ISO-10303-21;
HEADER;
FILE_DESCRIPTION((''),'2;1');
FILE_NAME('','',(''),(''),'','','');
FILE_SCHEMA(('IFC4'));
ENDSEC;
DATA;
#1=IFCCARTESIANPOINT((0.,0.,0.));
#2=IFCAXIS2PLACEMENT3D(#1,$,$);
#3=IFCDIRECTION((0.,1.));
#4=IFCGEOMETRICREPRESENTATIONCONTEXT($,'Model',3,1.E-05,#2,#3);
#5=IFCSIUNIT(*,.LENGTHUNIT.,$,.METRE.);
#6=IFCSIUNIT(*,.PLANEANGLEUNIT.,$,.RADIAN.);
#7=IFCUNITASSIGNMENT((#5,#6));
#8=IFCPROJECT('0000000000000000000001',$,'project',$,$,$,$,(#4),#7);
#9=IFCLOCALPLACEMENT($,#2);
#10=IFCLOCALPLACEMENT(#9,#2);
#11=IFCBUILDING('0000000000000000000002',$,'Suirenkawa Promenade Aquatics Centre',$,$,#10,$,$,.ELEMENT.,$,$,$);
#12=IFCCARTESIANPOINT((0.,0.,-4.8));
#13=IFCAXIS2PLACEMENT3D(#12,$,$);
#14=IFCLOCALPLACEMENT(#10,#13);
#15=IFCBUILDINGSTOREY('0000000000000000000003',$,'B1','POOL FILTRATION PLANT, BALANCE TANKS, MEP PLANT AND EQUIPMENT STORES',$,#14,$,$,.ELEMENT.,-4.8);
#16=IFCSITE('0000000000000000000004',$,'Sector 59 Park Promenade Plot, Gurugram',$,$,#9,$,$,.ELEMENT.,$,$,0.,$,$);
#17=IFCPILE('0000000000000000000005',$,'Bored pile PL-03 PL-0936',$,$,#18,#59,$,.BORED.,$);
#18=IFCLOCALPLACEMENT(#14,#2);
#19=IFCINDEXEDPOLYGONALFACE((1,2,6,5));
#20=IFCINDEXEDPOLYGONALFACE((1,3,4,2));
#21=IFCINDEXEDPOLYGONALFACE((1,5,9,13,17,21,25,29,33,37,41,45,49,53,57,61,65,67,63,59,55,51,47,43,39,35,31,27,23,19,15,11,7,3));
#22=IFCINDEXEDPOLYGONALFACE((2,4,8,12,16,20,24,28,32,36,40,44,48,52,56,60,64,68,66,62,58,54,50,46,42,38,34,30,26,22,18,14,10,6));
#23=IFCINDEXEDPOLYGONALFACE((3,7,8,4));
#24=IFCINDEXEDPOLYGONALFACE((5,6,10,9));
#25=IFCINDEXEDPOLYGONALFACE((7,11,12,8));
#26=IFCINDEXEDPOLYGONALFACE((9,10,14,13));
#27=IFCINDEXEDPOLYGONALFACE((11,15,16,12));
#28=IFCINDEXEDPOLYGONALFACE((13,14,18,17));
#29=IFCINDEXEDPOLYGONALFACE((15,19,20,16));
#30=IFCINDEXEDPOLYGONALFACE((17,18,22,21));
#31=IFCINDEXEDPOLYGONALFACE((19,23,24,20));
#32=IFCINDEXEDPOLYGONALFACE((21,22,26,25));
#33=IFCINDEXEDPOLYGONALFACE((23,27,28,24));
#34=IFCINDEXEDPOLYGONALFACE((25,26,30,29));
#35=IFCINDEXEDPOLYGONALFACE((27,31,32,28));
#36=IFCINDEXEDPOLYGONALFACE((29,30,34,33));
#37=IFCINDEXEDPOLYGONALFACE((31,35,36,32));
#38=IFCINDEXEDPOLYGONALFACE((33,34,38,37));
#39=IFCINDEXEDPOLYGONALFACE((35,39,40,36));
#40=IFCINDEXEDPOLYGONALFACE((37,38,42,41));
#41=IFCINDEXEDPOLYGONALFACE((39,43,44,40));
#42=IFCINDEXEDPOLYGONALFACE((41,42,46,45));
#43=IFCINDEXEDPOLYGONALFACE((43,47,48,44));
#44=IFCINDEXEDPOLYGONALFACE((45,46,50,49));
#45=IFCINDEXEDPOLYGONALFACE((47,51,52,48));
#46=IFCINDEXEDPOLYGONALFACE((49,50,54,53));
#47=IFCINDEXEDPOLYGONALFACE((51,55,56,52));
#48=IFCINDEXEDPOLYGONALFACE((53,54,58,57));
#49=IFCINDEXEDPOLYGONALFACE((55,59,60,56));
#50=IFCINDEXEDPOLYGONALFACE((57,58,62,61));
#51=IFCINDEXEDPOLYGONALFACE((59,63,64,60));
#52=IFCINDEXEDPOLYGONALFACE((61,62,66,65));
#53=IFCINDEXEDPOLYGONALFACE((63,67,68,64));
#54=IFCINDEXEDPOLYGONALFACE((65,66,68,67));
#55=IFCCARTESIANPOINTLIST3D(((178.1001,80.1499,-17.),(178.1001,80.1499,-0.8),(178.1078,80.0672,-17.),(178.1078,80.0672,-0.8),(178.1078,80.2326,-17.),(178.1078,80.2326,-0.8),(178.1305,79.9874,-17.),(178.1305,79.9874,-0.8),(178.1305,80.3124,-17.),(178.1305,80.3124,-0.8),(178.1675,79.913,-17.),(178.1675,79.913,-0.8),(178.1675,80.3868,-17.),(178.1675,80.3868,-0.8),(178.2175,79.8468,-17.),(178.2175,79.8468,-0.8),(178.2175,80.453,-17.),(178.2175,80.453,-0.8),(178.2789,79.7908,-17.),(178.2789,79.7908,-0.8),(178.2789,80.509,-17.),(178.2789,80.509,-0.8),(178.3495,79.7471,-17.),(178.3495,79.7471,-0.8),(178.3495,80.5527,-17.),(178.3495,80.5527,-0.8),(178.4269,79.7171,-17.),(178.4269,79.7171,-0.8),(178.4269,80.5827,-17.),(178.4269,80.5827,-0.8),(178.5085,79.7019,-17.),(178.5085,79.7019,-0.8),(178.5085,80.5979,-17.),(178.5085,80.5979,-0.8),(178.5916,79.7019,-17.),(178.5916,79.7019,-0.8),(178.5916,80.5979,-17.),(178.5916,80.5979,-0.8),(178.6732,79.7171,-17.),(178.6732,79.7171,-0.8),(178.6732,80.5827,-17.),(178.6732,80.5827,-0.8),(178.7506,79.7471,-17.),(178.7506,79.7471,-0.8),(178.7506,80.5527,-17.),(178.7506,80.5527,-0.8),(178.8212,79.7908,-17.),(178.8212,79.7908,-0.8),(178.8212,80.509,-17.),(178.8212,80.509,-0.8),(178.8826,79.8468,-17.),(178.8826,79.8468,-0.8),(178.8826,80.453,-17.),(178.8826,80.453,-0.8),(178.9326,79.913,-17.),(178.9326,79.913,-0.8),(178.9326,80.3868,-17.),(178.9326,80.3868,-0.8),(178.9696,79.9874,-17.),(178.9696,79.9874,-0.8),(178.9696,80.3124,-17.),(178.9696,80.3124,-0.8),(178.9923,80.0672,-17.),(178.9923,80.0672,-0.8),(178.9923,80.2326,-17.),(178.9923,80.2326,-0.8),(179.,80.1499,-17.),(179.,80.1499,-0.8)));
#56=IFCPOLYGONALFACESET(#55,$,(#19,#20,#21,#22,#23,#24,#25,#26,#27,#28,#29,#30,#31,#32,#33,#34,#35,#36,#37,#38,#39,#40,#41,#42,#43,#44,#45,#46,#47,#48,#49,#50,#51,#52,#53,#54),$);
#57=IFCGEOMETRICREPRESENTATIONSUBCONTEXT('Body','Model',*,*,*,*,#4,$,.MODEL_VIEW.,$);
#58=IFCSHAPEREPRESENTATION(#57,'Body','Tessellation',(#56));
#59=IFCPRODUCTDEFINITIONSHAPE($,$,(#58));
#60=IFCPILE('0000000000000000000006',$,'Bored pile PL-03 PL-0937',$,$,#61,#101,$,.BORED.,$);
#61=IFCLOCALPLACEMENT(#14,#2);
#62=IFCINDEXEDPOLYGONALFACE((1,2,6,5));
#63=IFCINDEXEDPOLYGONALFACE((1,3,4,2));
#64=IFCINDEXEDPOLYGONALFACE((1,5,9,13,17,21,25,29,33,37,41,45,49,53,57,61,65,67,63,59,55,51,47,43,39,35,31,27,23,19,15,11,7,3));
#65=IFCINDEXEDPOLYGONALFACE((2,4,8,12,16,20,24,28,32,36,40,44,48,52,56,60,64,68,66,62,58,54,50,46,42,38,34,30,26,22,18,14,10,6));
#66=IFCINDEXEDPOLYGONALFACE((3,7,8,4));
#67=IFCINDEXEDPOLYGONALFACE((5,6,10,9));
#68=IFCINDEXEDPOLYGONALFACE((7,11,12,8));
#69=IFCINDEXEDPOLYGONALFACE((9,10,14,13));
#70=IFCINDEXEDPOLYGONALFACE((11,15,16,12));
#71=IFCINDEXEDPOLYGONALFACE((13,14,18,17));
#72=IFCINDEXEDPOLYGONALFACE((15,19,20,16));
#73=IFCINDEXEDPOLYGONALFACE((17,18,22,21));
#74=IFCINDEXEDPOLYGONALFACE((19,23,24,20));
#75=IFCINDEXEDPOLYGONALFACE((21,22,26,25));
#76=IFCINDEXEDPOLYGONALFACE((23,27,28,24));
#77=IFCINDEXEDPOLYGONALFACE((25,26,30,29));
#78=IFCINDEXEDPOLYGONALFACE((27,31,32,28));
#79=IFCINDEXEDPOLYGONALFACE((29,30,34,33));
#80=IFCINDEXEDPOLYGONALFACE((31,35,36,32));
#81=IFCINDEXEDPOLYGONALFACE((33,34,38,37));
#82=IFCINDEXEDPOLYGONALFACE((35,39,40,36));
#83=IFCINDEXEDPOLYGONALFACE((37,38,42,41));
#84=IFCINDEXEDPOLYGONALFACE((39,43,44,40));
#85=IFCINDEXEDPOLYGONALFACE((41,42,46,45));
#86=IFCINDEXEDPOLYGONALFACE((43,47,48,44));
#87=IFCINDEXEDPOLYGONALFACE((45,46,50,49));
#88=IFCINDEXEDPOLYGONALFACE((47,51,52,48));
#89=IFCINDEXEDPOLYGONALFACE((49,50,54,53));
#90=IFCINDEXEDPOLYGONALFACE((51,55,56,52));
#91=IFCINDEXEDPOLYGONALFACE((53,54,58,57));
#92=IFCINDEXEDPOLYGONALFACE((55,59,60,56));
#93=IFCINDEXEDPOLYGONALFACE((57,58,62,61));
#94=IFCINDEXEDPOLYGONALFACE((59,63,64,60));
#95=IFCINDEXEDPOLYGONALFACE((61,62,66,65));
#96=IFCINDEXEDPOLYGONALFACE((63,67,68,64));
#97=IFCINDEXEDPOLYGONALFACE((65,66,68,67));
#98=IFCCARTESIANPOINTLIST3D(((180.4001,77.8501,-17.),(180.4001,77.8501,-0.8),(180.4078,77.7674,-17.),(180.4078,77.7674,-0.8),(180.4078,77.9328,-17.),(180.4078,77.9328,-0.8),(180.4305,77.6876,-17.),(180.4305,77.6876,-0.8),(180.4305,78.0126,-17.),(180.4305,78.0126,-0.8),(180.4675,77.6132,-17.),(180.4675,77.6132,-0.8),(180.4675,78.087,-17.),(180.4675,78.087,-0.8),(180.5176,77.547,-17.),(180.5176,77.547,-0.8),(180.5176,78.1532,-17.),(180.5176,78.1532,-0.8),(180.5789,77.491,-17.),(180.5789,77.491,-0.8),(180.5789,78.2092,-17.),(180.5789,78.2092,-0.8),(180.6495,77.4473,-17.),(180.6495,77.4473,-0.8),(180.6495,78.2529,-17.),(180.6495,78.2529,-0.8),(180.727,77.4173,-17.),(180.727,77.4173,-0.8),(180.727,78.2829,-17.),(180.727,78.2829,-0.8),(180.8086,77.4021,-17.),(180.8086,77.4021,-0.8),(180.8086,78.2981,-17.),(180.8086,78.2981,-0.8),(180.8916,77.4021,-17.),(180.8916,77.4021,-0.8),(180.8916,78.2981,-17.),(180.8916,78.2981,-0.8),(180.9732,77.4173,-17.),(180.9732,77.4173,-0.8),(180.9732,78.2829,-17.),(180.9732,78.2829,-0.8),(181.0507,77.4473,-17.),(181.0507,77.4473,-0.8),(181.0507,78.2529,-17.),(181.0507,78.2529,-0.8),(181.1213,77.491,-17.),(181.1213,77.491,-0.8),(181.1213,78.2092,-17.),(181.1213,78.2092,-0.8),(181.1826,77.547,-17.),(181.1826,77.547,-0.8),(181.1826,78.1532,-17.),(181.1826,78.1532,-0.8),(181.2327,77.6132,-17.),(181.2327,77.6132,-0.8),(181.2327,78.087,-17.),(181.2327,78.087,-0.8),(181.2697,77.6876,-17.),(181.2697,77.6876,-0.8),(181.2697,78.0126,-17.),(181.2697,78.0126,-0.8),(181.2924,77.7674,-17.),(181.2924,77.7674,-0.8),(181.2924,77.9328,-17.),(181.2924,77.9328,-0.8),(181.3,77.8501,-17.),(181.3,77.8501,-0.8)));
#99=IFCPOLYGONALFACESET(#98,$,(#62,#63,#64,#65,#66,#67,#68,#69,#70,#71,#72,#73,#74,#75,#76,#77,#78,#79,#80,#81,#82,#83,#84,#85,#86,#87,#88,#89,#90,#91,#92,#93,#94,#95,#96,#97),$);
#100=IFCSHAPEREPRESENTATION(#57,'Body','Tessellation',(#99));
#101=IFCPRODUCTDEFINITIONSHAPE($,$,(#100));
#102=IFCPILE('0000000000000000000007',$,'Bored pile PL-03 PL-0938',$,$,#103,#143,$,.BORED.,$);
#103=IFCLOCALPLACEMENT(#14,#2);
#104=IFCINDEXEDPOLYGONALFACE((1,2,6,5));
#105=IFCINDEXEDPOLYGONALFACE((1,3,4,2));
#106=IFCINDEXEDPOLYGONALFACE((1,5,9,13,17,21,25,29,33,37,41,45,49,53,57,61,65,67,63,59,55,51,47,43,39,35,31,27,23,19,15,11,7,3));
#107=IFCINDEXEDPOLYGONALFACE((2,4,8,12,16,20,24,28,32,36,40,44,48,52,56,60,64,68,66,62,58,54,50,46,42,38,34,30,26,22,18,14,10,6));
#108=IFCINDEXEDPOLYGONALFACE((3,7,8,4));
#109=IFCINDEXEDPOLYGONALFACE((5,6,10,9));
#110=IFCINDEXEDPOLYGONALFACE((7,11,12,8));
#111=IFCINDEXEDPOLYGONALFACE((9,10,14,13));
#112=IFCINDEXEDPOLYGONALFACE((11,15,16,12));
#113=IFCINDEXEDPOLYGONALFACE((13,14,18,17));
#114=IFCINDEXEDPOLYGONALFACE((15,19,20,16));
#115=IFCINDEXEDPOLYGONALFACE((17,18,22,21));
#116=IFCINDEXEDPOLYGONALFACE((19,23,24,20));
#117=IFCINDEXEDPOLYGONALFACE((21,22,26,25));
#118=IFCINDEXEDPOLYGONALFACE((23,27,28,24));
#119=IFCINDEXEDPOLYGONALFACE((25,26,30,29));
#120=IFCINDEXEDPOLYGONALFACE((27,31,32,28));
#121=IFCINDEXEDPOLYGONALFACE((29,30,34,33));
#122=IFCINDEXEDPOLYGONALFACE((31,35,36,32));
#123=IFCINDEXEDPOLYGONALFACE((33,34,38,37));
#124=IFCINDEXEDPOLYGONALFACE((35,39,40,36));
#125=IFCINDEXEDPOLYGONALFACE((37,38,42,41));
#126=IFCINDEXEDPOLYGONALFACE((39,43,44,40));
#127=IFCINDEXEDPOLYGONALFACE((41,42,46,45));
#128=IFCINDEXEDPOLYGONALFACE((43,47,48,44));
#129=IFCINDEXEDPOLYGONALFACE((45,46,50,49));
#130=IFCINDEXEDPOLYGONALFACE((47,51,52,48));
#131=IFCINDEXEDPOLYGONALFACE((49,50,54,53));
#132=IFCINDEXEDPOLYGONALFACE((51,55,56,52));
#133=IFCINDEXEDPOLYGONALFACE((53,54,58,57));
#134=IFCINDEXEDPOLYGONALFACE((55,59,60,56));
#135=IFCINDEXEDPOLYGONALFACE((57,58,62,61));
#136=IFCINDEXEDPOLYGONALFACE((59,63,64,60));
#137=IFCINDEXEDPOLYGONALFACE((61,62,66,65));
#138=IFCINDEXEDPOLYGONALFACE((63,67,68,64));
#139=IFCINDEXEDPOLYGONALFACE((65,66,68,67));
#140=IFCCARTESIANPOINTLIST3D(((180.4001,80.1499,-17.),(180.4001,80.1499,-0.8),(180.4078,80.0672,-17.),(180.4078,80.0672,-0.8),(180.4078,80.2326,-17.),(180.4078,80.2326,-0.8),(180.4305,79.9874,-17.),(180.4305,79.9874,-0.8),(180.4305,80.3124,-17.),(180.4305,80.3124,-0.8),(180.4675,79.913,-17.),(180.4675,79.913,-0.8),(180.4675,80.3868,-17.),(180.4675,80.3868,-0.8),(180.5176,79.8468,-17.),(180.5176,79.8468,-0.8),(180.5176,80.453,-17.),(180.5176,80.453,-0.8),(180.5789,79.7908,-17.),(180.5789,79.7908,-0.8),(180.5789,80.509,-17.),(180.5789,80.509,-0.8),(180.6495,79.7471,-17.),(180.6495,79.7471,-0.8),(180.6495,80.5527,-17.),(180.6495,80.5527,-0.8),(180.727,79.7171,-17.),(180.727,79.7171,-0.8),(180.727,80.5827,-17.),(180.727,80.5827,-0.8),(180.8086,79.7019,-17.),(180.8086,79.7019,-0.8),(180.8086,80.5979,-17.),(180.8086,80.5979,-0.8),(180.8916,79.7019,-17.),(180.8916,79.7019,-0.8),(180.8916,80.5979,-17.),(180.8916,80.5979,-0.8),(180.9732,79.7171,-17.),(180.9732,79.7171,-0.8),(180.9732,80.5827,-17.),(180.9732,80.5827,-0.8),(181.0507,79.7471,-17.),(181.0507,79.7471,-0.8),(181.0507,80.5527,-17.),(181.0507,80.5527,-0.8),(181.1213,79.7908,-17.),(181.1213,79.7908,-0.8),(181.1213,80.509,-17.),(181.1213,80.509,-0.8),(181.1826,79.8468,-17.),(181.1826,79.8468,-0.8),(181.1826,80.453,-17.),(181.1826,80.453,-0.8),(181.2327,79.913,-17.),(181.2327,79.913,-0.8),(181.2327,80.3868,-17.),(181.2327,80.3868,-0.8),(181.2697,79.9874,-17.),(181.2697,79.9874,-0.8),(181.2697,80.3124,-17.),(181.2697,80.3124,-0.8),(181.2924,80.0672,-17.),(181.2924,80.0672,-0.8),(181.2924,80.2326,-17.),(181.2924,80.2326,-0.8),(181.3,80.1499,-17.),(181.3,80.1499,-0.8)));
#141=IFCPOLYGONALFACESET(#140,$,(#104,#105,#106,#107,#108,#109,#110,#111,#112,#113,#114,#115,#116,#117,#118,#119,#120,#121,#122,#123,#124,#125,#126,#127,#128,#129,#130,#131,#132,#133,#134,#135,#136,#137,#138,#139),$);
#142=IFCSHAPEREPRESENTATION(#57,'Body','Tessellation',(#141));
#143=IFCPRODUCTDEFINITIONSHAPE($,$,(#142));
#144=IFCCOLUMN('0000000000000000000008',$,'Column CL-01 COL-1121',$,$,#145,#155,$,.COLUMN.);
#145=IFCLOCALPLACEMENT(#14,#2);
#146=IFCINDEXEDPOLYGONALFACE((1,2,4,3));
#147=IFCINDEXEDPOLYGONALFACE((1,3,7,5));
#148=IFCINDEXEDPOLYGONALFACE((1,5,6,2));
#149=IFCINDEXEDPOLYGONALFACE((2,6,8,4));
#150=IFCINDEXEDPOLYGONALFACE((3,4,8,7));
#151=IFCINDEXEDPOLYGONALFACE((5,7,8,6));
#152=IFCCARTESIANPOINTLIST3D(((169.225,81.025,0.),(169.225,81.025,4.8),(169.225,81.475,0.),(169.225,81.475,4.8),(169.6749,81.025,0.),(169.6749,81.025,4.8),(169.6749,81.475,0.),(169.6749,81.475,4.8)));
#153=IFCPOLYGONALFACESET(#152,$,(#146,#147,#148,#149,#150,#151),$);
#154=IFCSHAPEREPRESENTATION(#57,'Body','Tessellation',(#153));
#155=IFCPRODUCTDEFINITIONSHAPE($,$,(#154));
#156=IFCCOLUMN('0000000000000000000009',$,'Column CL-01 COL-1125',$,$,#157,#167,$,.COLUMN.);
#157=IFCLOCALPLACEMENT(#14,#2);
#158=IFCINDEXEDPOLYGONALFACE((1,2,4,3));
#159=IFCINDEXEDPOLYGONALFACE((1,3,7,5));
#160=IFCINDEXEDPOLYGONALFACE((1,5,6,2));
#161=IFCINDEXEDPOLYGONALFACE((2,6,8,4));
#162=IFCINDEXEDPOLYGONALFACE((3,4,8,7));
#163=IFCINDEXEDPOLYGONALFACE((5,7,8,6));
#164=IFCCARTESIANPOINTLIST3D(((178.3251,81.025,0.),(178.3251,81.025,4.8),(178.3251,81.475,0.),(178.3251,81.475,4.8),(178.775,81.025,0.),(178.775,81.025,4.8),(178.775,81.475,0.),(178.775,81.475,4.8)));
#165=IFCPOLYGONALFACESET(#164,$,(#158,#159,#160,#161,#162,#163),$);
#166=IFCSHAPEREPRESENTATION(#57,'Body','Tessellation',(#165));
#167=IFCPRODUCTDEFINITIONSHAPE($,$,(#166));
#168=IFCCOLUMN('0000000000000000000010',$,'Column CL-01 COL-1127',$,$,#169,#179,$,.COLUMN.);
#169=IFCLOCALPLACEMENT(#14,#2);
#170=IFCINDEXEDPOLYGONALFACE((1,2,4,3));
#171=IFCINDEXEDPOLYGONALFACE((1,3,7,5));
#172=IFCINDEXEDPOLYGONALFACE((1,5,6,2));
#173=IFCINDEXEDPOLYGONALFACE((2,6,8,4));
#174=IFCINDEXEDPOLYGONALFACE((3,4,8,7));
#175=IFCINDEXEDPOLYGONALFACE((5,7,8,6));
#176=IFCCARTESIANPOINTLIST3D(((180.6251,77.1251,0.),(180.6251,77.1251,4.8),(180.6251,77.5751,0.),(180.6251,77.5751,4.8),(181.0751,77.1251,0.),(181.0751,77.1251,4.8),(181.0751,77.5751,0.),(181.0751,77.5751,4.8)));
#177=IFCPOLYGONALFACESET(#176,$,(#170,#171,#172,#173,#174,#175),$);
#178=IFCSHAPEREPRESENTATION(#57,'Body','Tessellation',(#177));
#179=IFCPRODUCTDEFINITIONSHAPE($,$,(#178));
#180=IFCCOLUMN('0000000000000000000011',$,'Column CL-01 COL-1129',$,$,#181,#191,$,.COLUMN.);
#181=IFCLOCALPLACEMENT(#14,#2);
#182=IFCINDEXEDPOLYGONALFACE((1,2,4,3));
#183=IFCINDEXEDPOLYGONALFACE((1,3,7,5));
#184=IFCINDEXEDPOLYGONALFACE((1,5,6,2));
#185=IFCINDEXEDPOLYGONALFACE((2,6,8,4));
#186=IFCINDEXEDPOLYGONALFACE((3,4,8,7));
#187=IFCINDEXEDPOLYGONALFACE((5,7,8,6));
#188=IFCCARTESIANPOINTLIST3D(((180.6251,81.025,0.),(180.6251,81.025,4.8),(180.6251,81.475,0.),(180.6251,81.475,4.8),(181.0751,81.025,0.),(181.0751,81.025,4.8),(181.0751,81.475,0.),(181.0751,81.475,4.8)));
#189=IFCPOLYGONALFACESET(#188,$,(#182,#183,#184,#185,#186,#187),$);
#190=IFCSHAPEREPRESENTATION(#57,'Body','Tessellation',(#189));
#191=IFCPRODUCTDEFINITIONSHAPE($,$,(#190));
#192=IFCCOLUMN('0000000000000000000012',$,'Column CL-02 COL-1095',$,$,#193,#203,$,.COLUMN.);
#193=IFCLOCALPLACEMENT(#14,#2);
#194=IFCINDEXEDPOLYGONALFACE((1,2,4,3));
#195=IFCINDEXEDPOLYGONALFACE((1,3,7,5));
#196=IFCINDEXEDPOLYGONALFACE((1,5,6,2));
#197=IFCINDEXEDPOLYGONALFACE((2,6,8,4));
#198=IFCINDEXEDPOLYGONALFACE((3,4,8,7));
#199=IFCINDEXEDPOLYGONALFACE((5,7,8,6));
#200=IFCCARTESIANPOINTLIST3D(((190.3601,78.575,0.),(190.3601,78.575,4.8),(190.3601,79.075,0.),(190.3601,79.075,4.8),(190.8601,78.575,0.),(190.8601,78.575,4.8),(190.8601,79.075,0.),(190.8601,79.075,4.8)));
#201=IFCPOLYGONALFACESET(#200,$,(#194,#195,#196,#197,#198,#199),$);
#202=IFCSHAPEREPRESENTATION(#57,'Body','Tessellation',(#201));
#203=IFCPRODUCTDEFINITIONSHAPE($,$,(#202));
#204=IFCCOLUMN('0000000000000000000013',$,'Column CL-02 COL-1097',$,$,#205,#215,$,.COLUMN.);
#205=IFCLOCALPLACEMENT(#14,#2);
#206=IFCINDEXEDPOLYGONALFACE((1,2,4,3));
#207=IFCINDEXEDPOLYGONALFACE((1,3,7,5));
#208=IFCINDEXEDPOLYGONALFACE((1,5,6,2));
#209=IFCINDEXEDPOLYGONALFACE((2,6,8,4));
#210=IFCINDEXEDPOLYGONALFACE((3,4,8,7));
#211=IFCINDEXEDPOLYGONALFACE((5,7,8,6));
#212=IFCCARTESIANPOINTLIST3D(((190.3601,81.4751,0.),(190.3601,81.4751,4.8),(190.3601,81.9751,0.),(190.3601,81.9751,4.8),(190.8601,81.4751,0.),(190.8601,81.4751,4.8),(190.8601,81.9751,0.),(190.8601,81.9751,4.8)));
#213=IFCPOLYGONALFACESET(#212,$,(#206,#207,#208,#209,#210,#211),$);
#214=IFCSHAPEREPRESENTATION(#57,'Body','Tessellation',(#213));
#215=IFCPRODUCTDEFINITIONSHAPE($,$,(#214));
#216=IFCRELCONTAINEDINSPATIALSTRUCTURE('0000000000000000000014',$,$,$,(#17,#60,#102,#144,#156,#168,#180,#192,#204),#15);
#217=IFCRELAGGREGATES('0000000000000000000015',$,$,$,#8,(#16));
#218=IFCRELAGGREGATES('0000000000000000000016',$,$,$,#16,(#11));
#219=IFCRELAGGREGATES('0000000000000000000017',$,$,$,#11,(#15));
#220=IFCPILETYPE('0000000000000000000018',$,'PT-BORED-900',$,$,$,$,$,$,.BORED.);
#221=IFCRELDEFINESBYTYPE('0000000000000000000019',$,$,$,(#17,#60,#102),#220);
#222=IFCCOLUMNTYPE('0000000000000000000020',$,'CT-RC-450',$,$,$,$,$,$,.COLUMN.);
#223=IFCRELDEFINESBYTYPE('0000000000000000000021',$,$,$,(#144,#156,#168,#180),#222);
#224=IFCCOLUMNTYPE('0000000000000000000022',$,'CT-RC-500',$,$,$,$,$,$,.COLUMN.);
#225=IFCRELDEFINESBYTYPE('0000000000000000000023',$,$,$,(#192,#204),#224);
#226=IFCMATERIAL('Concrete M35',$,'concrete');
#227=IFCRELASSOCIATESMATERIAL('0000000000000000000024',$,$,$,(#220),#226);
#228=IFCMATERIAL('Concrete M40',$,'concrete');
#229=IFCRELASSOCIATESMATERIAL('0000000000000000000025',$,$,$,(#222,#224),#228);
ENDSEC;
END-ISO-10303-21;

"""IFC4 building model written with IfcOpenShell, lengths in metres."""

from ifc_helpers import new_model, si_unit, direction, frame, origin, origin_2d, place, context, subcontext, project, spatial, rectangle, circle, extrude, material, material_profile, profile_set, type_object, element, save


model = new_model("IFC4")

# Units and contexts
model_context = context("Model", 3, precision=1e-05, world=origin(), true_north=direction((0.0, 1.0)))
body_context = subcontext(model_context, "Body", "Model", "MODEL_VIEW")
ifc_project = project(units=[si_unit("LENGTHUNIT", "METRE"), si_unit("PLANEANGLEUNIT", "RADIAN")], contexts=[model_context])

# Site, building, storey
site_placement = place(None, origin())
site = spatial("IfcSite", under=ifc_project, at=site_placement, Name="Sector 59 Park Promenade Plot, Gurugram", CompositionType="ELEMENT", RefElevation=0.0)
building_placement = place(site_placement, origin())
building = spatial("IfcBuilding", under=site, at=building_placement, Name="Suirenkawa Promenade Aquatics Centre", CompositionType="ELEMENT")
storey_placement = place(building_placement, frame((0.0, 0.0, -4.8)))
storey = spatial("IfcBuildingStorey", under=building, at=storey_placement, Name="B1", Description="POOL FILTRATION PLANT, BALANCE TANKS, MEP PLANT AND EQUIPMENT STORES", CompositionType="ELEMENT", Elevation=-4.8)

# Shared definitions
ifc_material_1 = material(Name="Concrete M35", Category="concrete")

# Piles
ifc_material_profile_1 = material_profile(ifc_material_1, circle(Radius=0.45, at=origin_2d()), Name="PILE D900", Category="concrete")
ifc_profile_set_1 = profile_set([ifc_material_profile_1], Name="Concrete M35")
pile_type_1 = type_object("IfcPileType", Name="PT-BORED-900", PredefinedType="BORED", material=ifc_profile_set_1)
for number, where, z_axis, x_axis, name in (
    (1, (178.55, 80.1499, -0.8), (0.0, 0.0, -1.0), (1.0, 0.0, 0.0), "Bored pile PL-03 PL-0936"),
    (2, (180.8501, 77.8501, -0.8), (0.0, 0.0, -1.0), (1.0, 0.0, 0.0), "Bored pile PL-03 PL-0937"),
    (3, (180.8501, 80.1499, -0.8), (0.0, 0.0, -1.0), (1.0, 0.0, 0.0), "Bored pile PL-03 PL-0938"),
):
    element("IfcPile", number, at=place(storey_placement, frame(where, z_axis=z_axis, x_axis=x_axis)), inside=storey, type_object=pile_type_1, Name=name, PredefinedType="BORED", context=body_context, shape_type="SweptSolid", body=[
        extrude(circle(Radius=0.45, at=origin_2d()), origin(), (0.0, 0.0, 1.0), 16.2),
    ])

# Columns
ifc_material_2 = material(Name="Concrete M40", Category="concrete")
ifc_material_profile_2 = material_profile(ifc_material_2, rectangle(XDim=0.45, YDim=0.45, at=origin_2d()), Name="RC COL 450x450", Category="concrete")
ifc_profile_set_2 = profile_set([ifc_material_profile_2], Name="Concrete M40")
column_type_1 = type_object("IfcColumnType", Name="CT-RC-450", PredefinedType="COLUMN", material=ifc_profile_set_2)
for number, where, z_axis, x_axis, name in (
    (4, (169.45, 81.25, 0.0), (0.0, 0.0, 1.0), (1.0, 0.0, 0.0), "Column CL-01 COL-1121"),
    (5, (178.55, 81.25, 0.0), (0.0, 0.0, 1.0), (1.0, 0.0, 0.0), "Column CL-01 COL-1125"),
    (6, (180.8501, 77.3501, 0.0), (0.0, 0.0, 1.0), (1.0, 0.0, 0.0), "Column CL-01 COL-1127"),
    (7, (180.8501, 81.25, 0.0), (0.0, 0.0, 1.0), (1.0, 0.0, 0.0), "Column CL-01 COL-1129"),
):
    element("IfcColumn", number, at=place(storey_placement, frame(where, z_axis=z_axis, x_axis=x_axis)), inside=storey, type_object=column_type_1, Name=name, PredefinedType="COLUMN", context=body_context, shape_type="SweptSolid", body=[
        extrude(rectangle(XDim=0.45, YDim=0.45, at=origin_2d()), origin(), (0.0, 0.0, 1.0), 4.8),
    ])
ifc_material_profile_3 = material_profile(ifc_material_2, rectangle(XDim=0.5, YDim=0.5, at=origin_2d()), Name="RC COL 500x500", Category="concrete")
ifc_profile_set_3 = profile_set([ifc_material_profile_3], Name="Concrete M40")
column_type_2 = type_object("IfcColumnType", Name="CT-RC-500", PredefinedType="COLUMN", material=ifc_profile_set_3)
for number, where, z_axis, x_axis, name in (
    (8, (190.6101, 78.825, 0.0), (0.0, 0.0, 1.0), (1.0, 0.0, 0.0), "Column CL-02 COL-1095"),
    (9, (190.6101, 81.7251, 0.0), (0.0, 0.0, 1.0), (1.0, 0.0, 0.0), "Column CL-02 COL-1097"),
):
    element("IfcColumn", number, at=place(storey_placement, frame(where, z_axis=z_axis, x_axis=x_axis)), inside=storey, type_object=column_type_2, Name=name, PredefinedType="COLUMN", context=body_context, shape_type="SweptSolid", body=[
        extrude(rectangle(XDim=0.5, YDim=0.5, at=origin_2d()), origin(), (0.0, 0.0, 1.0), 4.8),
    ])

save(model, "model.ifc")
